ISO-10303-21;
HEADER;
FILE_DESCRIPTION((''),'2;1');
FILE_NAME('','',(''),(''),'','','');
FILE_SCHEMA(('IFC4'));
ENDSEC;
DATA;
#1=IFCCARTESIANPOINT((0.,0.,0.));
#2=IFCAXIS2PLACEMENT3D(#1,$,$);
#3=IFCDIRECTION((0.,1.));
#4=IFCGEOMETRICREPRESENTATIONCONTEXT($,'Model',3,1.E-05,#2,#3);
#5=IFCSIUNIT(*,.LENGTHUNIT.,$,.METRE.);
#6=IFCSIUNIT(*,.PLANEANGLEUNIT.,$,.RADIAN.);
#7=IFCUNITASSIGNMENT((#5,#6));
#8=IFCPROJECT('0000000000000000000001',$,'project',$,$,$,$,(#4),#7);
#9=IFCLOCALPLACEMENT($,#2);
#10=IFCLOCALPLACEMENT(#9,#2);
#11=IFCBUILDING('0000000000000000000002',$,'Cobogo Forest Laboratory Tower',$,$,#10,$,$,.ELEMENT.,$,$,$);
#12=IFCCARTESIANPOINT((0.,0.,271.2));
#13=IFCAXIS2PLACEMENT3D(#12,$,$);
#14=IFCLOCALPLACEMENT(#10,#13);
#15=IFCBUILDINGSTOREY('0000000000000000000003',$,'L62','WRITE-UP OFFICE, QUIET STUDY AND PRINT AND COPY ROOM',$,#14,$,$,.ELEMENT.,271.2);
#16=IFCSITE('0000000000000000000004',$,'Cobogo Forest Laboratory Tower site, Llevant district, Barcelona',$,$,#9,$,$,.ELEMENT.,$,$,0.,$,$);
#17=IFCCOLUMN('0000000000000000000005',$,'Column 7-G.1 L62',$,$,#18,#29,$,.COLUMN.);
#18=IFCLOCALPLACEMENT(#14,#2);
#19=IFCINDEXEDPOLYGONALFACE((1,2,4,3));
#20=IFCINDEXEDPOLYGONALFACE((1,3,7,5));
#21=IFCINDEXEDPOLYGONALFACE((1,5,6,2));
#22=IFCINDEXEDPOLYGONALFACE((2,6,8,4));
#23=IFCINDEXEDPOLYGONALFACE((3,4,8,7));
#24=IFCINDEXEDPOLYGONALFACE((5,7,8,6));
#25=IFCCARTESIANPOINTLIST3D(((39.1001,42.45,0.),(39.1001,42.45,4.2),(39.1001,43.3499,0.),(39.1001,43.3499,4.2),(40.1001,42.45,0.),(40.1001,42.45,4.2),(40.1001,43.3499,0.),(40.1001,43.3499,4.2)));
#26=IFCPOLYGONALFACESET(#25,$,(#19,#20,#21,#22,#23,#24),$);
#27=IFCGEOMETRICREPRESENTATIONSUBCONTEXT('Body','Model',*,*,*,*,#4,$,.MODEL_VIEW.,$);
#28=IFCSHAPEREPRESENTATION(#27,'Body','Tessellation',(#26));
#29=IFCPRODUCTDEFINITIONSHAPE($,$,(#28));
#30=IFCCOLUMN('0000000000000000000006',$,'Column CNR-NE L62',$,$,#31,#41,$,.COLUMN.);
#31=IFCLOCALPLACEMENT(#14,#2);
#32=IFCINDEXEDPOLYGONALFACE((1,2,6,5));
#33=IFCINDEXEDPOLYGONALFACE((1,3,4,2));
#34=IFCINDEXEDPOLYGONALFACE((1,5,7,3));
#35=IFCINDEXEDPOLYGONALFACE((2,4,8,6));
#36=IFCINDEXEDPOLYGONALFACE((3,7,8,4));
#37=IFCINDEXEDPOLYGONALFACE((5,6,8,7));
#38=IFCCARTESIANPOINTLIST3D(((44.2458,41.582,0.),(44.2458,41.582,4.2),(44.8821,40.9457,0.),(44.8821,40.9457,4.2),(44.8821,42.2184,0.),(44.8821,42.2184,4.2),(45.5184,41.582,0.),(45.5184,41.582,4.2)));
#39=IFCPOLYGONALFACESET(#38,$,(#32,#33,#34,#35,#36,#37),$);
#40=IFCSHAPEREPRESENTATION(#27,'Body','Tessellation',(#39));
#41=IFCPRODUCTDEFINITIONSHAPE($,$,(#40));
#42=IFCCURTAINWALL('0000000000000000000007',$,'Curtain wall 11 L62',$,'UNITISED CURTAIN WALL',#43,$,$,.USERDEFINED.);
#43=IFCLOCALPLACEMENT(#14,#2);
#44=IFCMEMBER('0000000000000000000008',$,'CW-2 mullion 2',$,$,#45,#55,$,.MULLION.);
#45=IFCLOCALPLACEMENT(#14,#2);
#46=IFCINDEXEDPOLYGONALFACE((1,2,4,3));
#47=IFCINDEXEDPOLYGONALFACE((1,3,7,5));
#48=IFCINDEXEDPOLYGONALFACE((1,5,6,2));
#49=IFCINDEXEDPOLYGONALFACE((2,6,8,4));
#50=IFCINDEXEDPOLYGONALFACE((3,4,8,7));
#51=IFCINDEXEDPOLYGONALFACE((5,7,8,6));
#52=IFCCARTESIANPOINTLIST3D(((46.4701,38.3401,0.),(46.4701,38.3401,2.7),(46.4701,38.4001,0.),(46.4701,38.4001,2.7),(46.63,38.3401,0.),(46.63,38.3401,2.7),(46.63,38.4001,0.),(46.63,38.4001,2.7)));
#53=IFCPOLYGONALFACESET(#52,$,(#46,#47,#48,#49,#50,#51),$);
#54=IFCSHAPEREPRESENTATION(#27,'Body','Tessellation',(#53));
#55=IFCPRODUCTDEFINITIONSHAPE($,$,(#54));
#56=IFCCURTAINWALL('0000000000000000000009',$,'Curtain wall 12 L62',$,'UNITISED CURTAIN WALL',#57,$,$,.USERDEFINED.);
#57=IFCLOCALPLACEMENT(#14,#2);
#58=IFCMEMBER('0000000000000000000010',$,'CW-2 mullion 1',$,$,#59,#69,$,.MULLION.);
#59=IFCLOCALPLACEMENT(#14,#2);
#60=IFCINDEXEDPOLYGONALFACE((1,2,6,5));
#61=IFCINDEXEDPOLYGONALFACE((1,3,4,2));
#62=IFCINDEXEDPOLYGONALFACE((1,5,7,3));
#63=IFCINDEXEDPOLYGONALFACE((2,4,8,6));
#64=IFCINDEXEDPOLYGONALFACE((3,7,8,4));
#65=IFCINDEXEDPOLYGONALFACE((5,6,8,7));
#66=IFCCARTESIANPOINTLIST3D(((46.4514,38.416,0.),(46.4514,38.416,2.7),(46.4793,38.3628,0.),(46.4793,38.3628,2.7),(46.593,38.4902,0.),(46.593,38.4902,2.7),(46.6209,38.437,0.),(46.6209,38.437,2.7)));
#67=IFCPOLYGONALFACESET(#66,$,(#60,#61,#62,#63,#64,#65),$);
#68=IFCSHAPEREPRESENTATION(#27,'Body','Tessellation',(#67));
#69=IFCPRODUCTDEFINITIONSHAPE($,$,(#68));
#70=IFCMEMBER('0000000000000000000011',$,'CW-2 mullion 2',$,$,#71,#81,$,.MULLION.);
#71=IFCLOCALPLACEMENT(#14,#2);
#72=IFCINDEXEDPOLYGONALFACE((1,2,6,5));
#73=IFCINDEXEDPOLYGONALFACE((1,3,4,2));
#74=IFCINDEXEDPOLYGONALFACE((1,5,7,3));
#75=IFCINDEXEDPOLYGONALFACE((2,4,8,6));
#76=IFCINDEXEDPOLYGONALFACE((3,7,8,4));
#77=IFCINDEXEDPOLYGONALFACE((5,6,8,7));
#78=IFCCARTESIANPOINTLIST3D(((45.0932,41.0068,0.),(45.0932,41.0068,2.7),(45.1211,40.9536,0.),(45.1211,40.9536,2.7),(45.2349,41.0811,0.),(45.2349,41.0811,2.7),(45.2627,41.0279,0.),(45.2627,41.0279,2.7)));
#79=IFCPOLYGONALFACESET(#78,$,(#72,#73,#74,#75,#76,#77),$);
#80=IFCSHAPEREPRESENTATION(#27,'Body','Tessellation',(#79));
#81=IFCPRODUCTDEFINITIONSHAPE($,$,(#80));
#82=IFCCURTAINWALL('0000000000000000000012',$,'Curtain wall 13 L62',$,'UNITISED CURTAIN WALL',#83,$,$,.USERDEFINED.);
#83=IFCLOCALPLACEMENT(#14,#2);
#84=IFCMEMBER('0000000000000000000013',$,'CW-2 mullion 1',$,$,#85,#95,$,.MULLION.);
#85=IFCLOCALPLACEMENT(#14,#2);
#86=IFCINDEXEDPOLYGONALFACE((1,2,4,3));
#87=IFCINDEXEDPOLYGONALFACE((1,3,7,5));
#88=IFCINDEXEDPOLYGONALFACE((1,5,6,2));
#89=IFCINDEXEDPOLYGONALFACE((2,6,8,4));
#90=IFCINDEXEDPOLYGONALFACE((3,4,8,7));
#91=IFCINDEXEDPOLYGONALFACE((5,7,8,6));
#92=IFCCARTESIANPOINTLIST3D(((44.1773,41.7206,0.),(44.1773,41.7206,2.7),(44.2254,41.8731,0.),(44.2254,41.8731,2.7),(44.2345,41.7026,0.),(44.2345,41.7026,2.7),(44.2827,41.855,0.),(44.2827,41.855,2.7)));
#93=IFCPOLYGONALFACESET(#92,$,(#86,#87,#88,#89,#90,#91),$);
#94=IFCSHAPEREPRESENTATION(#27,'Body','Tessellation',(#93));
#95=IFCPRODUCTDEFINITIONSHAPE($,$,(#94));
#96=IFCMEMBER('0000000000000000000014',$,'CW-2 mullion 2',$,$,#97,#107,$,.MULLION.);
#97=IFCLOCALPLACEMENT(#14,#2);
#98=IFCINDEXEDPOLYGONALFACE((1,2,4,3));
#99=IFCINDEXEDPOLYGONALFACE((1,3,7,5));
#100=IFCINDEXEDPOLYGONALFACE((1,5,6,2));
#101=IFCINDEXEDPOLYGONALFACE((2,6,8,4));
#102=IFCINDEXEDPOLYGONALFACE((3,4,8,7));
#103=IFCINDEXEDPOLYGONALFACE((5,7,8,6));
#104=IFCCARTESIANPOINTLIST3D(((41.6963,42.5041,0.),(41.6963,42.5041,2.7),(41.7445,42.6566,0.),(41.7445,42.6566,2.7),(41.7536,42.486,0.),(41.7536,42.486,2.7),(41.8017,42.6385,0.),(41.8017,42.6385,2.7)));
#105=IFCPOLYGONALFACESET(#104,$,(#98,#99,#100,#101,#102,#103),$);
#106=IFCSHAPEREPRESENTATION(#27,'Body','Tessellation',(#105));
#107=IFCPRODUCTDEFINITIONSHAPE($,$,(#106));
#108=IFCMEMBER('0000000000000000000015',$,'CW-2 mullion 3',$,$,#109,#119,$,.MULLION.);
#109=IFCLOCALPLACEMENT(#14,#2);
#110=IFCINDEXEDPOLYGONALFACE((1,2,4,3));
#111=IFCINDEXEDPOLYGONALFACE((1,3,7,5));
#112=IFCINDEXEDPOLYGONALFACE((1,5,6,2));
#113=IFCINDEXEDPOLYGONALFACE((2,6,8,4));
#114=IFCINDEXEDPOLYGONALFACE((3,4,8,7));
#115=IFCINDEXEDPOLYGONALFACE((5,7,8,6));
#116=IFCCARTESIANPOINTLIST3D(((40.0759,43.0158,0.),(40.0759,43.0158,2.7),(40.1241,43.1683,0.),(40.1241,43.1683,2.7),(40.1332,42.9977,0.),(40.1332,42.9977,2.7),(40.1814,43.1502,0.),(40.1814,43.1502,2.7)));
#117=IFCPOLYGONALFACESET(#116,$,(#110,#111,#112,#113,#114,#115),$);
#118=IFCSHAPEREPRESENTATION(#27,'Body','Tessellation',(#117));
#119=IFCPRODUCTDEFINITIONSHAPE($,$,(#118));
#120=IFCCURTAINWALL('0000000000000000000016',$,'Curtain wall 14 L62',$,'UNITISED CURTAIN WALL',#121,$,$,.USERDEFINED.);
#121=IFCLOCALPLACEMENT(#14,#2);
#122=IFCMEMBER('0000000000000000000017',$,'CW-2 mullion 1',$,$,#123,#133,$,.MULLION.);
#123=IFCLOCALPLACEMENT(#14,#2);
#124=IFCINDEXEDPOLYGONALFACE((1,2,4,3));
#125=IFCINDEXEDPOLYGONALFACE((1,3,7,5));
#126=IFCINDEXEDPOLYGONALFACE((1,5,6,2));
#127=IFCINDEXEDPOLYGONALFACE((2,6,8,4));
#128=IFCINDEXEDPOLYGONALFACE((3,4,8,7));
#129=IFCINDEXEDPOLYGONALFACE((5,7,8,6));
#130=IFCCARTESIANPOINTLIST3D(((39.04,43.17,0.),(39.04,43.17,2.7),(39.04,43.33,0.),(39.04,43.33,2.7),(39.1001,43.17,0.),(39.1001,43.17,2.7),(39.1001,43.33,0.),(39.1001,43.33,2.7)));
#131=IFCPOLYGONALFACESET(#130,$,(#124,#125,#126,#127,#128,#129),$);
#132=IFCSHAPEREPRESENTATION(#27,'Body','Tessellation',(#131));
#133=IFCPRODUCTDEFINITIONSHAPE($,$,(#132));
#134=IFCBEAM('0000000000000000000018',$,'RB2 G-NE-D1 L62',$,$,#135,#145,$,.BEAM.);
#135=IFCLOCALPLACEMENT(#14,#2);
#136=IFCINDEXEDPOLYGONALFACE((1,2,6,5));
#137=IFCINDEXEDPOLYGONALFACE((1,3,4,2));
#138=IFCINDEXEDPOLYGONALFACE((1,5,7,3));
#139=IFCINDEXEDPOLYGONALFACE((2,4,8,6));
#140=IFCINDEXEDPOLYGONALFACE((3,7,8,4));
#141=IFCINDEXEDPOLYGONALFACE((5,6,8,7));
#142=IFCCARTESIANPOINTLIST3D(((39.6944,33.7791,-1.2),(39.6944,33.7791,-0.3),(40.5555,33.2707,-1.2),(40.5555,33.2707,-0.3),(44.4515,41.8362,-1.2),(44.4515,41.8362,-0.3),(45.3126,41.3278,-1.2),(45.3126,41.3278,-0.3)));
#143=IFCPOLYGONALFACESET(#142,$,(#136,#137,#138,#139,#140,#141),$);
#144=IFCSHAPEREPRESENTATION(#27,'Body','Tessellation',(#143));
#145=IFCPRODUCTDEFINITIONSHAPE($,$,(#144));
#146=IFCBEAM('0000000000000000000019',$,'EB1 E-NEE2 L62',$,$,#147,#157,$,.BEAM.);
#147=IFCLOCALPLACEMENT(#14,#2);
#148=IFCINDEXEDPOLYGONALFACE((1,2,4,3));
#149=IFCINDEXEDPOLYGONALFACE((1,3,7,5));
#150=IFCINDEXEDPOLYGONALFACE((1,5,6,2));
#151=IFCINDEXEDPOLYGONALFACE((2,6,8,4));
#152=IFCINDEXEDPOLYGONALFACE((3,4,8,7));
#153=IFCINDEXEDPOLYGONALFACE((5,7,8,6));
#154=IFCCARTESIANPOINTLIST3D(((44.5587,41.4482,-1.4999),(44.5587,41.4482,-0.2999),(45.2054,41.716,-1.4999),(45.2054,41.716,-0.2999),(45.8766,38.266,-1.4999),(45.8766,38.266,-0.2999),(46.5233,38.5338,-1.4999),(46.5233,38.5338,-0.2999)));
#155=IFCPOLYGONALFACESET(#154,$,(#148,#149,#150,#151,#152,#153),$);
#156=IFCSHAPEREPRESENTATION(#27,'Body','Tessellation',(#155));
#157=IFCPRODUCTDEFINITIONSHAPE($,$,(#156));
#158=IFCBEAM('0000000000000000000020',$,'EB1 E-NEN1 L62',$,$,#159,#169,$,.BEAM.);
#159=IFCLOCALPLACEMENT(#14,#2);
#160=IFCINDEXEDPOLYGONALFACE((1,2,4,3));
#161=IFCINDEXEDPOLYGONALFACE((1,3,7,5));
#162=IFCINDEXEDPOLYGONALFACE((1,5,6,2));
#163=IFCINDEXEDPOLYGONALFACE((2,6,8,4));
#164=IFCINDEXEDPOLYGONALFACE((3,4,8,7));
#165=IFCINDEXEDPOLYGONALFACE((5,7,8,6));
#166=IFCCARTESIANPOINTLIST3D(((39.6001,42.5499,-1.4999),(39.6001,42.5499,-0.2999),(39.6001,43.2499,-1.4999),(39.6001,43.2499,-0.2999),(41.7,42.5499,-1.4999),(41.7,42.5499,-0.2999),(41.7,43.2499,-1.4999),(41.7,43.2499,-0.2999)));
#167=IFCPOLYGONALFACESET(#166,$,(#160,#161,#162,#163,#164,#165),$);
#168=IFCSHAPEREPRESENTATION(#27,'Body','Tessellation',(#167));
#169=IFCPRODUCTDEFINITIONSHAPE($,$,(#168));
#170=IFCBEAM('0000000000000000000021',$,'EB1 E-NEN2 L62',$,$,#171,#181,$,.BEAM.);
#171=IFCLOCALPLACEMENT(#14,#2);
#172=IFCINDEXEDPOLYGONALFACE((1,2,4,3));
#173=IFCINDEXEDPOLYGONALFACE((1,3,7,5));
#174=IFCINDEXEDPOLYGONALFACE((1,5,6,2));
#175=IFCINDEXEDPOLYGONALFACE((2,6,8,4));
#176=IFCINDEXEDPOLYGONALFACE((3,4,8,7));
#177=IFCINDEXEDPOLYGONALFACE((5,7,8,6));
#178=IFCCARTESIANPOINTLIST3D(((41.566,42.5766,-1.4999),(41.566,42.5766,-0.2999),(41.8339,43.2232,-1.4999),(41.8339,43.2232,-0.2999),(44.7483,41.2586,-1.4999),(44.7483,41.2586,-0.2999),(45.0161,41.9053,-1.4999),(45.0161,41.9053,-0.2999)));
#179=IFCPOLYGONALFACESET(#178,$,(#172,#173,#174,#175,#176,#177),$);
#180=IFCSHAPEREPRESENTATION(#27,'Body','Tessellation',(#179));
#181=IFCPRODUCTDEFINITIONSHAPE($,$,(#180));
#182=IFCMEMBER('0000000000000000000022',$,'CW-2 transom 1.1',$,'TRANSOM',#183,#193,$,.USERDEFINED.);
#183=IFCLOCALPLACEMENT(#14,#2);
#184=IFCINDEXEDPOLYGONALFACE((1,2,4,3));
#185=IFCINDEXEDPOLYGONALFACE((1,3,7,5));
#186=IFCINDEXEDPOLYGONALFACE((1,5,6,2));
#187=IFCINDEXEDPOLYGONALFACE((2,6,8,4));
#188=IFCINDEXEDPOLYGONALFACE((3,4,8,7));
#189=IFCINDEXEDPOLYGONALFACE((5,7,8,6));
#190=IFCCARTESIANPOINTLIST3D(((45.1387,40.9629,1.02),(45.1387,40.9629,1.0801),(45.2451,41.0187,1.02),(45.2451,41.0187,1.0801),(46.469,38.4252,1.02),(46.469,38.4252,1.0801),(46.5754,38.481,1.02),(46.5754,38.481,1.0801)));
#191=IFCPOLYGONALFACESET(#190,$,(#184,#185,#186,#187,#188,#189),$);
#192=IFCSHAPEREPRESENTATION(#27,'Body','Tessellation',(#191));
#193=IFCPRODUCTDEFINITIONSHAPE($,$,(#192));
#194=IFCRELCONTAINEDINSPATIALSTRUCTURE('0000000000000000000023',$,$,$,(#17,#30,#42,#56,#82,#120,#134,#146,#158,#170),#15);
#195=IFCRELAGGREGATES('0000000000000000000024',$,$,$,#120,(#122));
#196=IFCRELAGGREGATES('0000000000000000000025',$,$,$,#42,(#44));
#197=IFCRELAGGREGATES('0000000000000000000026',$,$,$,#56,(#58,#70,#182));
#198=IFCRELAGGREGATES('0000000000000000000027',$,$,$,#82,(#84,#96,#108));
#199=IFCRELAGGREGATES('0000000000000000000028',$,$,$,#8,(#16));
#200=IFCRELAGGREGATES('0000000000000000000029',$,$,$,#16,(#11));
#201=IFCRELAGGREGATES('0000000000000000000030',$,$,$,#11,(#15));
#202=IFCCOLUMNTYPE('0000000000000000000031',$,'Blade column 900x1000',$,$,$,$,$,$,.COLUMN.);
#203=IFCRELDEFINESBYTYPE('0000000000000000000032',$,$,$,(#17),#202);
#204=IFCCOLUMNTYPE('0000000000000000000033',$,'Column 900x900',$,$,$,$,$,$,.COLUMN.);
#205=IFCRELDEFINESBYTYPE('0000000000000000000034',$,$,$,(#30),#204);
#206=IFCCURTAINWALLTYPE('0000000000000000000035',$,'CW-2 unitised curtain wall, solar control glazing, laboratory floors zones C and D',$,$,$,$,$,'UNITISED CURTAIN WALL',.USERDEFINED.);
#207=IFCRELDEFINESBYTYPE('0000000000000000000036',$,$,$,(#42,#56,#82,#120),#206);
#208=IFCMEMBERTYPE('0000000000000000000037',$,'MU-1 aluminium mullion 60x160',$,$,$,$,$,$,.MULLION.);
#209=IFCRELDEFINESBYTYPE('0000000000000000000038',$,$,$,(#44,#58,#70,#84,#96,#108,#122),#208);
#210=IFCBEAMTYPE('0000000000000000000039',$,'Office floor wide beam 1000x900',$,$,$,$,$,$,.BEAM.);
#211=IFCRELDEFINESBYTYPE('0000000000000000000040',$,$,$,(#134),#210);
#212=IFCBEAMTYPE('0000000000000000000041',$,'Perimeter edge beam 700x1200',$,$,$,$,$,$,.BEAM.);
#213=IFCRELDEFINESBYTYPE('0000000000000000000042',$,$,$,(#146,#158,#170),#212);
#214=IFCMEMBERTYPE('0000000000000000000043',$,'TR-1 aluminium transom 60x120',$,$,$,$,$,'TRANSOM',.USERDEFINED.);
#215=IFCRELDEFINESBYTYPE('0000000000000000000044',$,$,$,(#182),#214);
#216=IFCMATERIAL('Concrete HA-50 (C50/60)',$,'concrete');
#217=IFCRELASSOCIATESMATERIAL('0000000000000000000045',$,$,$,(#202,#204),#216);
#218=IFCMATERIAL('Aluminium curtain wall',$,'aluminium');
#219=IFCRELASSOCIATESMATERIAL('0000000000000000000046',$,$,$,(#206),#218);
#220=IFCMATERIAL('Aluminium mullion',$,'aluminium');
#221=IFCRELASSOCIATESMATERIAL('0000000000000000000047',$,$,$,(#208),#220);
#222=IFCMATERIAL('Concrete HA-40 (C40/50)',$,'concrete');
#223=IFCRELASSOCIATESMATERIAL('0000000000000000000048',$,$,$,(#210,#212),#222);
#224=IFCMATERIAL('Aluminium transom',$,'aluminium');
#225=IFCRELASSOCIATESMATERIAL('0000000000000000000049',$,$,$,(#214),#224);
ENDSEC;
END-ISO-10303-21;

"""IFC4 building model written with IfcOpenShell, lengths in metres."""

from ifc_helpers import new_model, si_unit, direction, frame, origin, origin_2d, place, context, subcontext, project, spatial, rectangle, extrude, material, material_profile, profile_set, type_object, element, aggregate, save


model = new_model("IFC4")

# Units and contexts
model_context = context("Model", 3, precision=1e-05, world=origin(), true_north=direction((0.0, 1.0)))
body_context = subcontext(model_context, "Body", "Model", "MODEL_VIEW")
ifc_project = project(units=[si_unit("LENGTHUNIT", "METRE"), si_unit("PLANEANGLEUNIT", "RADIAN")], contexts=[model_context])

# Site, building, storey
site_placement = place(None, origin())
site = spatial("IfcSite", under=ifc_project, at=site_placement, Name="Cobogo Forest Laboratory Tower site, Llevant district, Barcelona", CompositionType="ELEMENT", RefElevation=0.0)
building_placement = place(site_placement, origin())
building = spatial("IfcBuilding", under=site, at=building_placement, Name="Cobogo Forest Laboratory Tower", CompositionType="ELEMENT")
storey_placement = place(building_placement, frame((0.0, 0.0, 271.2)))
storey = spatial("IfcBuildingStorey", under=building, at=storey_placement, Name="L62", Description="WRITE-UP OFFICE, QUIET STUDY AND PRINT AND COPY ROOM", CompositionType="ELEMENT", Elevation=271.2)

# Columns
ifc_material_1 = material(Name="Concrete HA-50 (C50/60)", Category="concrete")
ifc_material_profile_1 = material_profile(ifc_material_1, rectangle(XDim=1.0, YDim=0.8999, at=origin_2d()), Name="RC 900x1000")
ifc_profile_set_1 = profile_set([ifc_material_profile_1], Name="Concrete HA-50 (C50/60)")
column_type_1 = type_object("IfcColumnType", Name="Blade column 900x1000", PredefinedType="COLUMN", material=ifc_profile_set_1)
column_1_placement = place(storey_placement, frame((39.6001, 42.8999, 0.0), z_axis=(0.0, 0.0, 1.0), x_axis=(1.0, 0.0, 0.0)))
element("IfcColumn", 1, at=column_1_placement, inside=storey, type_object=column_type_1, Name="Column 7-G.1 L62", PredefinedType="COLUMN", context=body_context, shape_type="SweptSolid", body=[
    extrude(rectangle(XDim=1.0, YDim=0.8999, at=origin_2d()), origin(), (0.0, 0.0, 1.0), 4.2),
])
ifc_material_profile_2 = material_profile(ifc_material_1, rectangle(XDim=0.8999, YDim=0.8999, at=origin_2d()), Name="RC 900x900")
ifc_profile_set_2 = profile_set([ifc_material_profile_2], Name="Concrete HA-50 (C50/60)")
column_type_2 = type_object("IfcColumnType", Name="Column 900x900", PredefinedType="COLUMN", material=ifc_profile_set_2)
column_2_placement = place(storey_placement, frame((44.8821, 41.582, 0.0), z_axis=(0.0, 0.0, 1.0), x_axis=(0.707107, 0.707107, 0.0)))
element("IfcColumn", 2, at=column_2_placement, inside=storey, type_object=column_type_2, Name="Column CNR-NE L62", PredefinedType="COLUMN", context=body_context, shape_type="SweptSolid", body=[
    extrude(rectangle(XDim=0.8999, YDim=0.8999, at=origin_2d()), origin(), (0.0, 0.0, 1.0), 4.2),
])

# Curtain wall, member
ifc_material_2 = material(Name="Aluminium curtain wall", Category="aluminium")
curtain_wall_type = type_object("IfcCurtainWallType", Name="CW-2 unitised curtain wall, solar control glazing, laboratory floors zones C and D", ElementType="UNITISED CURTAIN WALL", PredefinedType="USERDEFINED", material=ifc_material_2)
curtain_wall_1_placement = place(storey_placement, origin())
curtain_wall_1 = element("IfcCurtainWall", 3, at=curtain_wall_1_placement, inside=storey, type_object=curtain_wall_type, Name="Curtain wall 11 L62", ObjectType="UNITISED CURTAIN WALL", PredefinedType="USERDEFINED")
ifc_material_3 = material(Name="Aluminium mullion", Category="aluminium")
ifc_material_profile_3 = material_profile(ifc_material_3, rectangle(XDim=0.0601, YDim=0.1599, at=origin_2d()), Name="AL 60x160")
ifc_profile_set_3 = profile_set([ifc_material_profile_3], Name="Aluminium mullion")
member_type_1 = type_object("IfcMemberType", Name="MU-1 aluminium mullion 60x160", PredefinedType="MULLION", material=ifc_profile_set_3)
member_1_placement = place(storey_placement, frame((46.55, 38.3701, 0.0), z_axis=(0.0, 0.0, 1.0), x_axis=(0.0, 1.0, 0.0)))
member_1 = element("IfcMember", 4, at=member_1_placement, type_object=member_type_1, Name="CW-2 mullion 2", PredefinedType="MULLION", context=body_context, shape_type="SweptSolid", body=[
    extrude(rectangle(XDim=0.0601, YDim=0.1599, at=origin_2d()), origin(), (0.0, 0.0, 1.0), 2.7),
])

# Curtain walls, members
curtain_wall_2_placement = place(storey_placement, origin())
curtain_wall_2 = element("IfcCurtainWall", 5, at=curtain_wall_2_placement, inside=storey, type_object=curtain_wall_type, Name="Curtain wall 12 L62", ObjectType="UNITISED CURTAIN WALL", PredefinedType="USERDEFINED")
member_2_placement = place(storey_placement, frame((46.5361, 38.4265, 0.0), z_axis=(0.0, 0.0, 1.0), x_axis=(-0.464284, 0.885686, 0.0)))
member_2 = element("IfcMember", 6, at=member_2_placement, type_object=member_type_1, Name="CW-2 mullion 1", PredefinedType="MULLION", context=body_context, shape_type="SweptSolid", body=[
    extrude(rectangle(XDim=0.0601, YDim=0.1599, at=origin_2d()), origin(), (0.0, 0.0, 1.0), 2.7),
])
member_3_placement = place(storey_placement, frame((45.178, 41.0173, 0.0), z_axis=(0.0, 0.0, 1.0), x_axis=(-0.464284, 0.885686, 0.0)))
member_3 = element("IfcMember", 7, at=member_3_placement, type_object=member_type_1, Name="CW-2 mullion 2", PredefinedType="MULLION", context=body_context, shape_type="SweptSolid", body=[
    extrude(rectangle(XDim=0.0601, YDim=0.1599, at=origin_2d()), origin(), (0.0, 0.0, 1.0), 2.7),
])
curtain_wall_3_placement = place(storey_placement, origin())
curtain_wall_3 = element("IfcCurtainWall", 8, at=curtain_wall_3_placement, inside=storey, type_object=curtain_wall_type, Name="Curtain wall 13 L62", ObjectType="UNITISED CURTAIN WALL", PredefinedType="USERDEFINED")
member_4_placement = place(storey_placement, frame((44.23, 41.7878, 0.0), z_axis=(0.0, 0.0, 1.0), x_axis=(-0.953581, 0.301135, 0.0)))
member_4 = element("IfcMember", 9, at=member_4_placement, type_object=member_type_1, Name="CW-2 mullion 1", PredefinedType="MULLION", context=body_context, shape_type="SweptSolid", body=[
    extrude(rectangle(XDim=0.0601, YDim=0.1599, at=origin_2d()), origin(), (0.0, 0.0, 1.0), 2.7),
])
member_5_placement = place(storey_placement, frame((41.749, 42.5713, 0.0), z_axis=(0.0, 0.0, 1.0), x_axis=(-0.953581, 0.301135, 0.0)))
member_5 = element("IfcMember", 10, at=member_5_placement, type_object=member_type_1, Name="CW-2 mullion 2", PredefinedType="MULLION", context=body_context, shape_type="SweptSolid", body=[
    extrude(rectangle(XDim=0.0601, YDim=0.1599, at=origin_2d()), origin(), (0.0, 0.0, 1.0), 2.7),
])
member_6_placement = place(storey_placement, frame((40.1287, 43.083, 0.0), z_axis=(0.0, 0.0, 1.0), x_axis=(-0.953581, 0.301135, 0.0)))
member_6 = element("IfcMember", 11, at=member_6_placement, type_object=member_type_1, Name="CW-2 mullion 3", PredefinedType="MULLION", context=body_context, shape_type="SweptSolid", body=[
    extrude(rectangle(XDim=0.0601, YDim=0.1599, at=origin_2d()), origin(), (0.0, 0.0, 1.0), 2.7),
])

# Curtain wall, member
curtain_wall_4_placement = place(storey_placement, origin())
curtain_wall_4 = element("IfcCurtainWall", 12, at=curtain_wall_4_placement, inside=storey, type_object=curtain_wall_type, Name="Curtain wall 14 L62", ObjectType="UNITISED CURTAIN WALL", PredefinedType="USERDEFINED")
member_7_placement = place(storey_placement, frame((39.0701, 43.25, 0.0), z_axis=(0.0, 0.0, 1.0), x_axis=(-1.0, 0.0, 0.0)))
member_7 = element("IfcMember", 13, at=member_7_placement, type_object=member_type_1, Name="CW-2 mullion 1", PredefinedType="MULLION", context=body_context, shape_type="SweptSolid", body=[
    extrude(rectangle(XDim=0.0601, YDim=0.1599, at=origin_2d()), origin(), (0.0, 0.0, 1.0), 2.7),
])
aggregate(curtain_wall_4, [member_7])

# Beams
ifc_material_4 = material(Name="Concrete HA-40 (C40/50)", Category="concrete")
ifc_material_profile_4 = material_profile(ifc_material_4, rectangle(XDim=1.0, YDim=0.8999, at=origin_2d()), Name="RC 1000x900")
ifc_profile_set_4 = profile_set([ifc_material_profile_4], Name="Concrete HA-40 (C40/50)")
beam_type_1 = type_object("IfcBeamType", Name="Office floor wide beam 1000x900", PredefinedType="BEAM", material=ifc_profile_set_4)
beam_1_placement = place(storey_placement, frame((44.8821, 41.582, -0.75), z_axis=(-0.508416, -0.861111, 0.0), x_axis=(0.861111, -0.508416, 0.0)))
element("IfcBeam", 14, at=beam_1_placement, inside=storey, type_object=beam_type_1, Name="RB2 G-NE-D1 L62", PredefinedType="BEAM", context=body_context, shape_type="SweptSolid", body=[
    extrude(rectangle(XDim=1.0, YDim=0.8999, at=origin_2d()), origin(), (0.0, 0.0, 1.0), 9.3567),
])
ifc_material_profile_5 = material_profile(ifc_material_4, rectangle(XDim=0.7, YDim=1.2, at=origin_2d()), Name="RC 700x1200")
ifc_profile_set_5 = profile_set([ifc_material_profile_5], Name="Concrete HA-40 (C40/50)")
beam_type_2 = type_object("IfcBeamType", Name="Perimeter edge beam 700x1200", PredefinedType="BEAM", material=ifc_profile_set_5)
beam_2_placement = place(storey_placement, frame((46.2, 38.3999, -0.8999), z_axis=(-0.382631, 0.923901, 0.0), x_axis=(-0.923901, -0.382631, 0.0)))
element("IfcBeam", 15, at=beam_2_placement, inside=storey, type_object=beam_type_2, Name="EB1 E-NEE2 L62", PredefinedType="BEAM", context=body_context, shape_type="SweptSolid", body=[
    extrude(rectangle(XDim=0.7, YDim=1.2, at=origin_2d()), origin(), (0.0, 0.0, 1.0), 3.4443),
])
beam_3_placement = place(storey_placement, frame((39.6001, 42.8999, -0.8999), z_axis=(1.0, 0.0, 0.0), x_axis=(0.0, 1.0, 0.0)))
element("IfcBeam", 16, at=beam_3_placement, inside=storey, type_object=beam_type_2, Name="EB1 E-NEN1 L62", PredefinedType="BEAM", context=body_context, shape_type="SweptSolid", body=[
    extrude(rectangle(XDim=0.7, YDim=1.2, at=origin_2d()), origin(), (0.0, 0.0, 1.0), 2.0999),
])
beam_4_placement = place(storey_placement, frame((41.7, 42.8999, -0.8999), z_axis=(0.923901, -0.382631, 0.0), x_axis=(0.382631, 0.923901, 0.0)))
element("IfcBeam", 17, at=beam_4_placement, inside=storey, type_object=beam_type_2, Name="EB1 E-NEN2 L62", PredefinedType="BEAM", context=body_context, shape_type="SweptSolid", body=[
    extrude(rectangle(XDim=0.7, YDim=1.2, at=origin_2d()), origin(), (0.0, 0.0, 1.0), 3.4443),
])

# Member
ifc_material_5 = material(Name="Aluminium transom", Category="aluminium")
ifc_material_profile_6 = material_profile(ifc_material_5, rectangle(XDim=0.1201, YDim=0.0601, at=origin_2d()), Name="AL 60x120")
ifc_profile_set_6 = profile_set([ifc_material_profile_6], Name="Aluminium transom")
member_type_2 = type_object("IfcMemberType", Name="TR-1 aluminium transom 60x120", ElementType="TRANSOM", PredefinedType="USERDEFINED", material=ifc_profile_set_6)
member_8_placement = place(storey_placement, frame((46.5222, 38.4531, 1.05), z_axis=(-0.464309, 0.885673, 0.0), x_axis=(-0.885673, -0.464309, 0.0)))
member_8 = element("IfcMember", 18, at=member_8_placement, type_object=member_type_2, Name="CW-2 transom 1.1", ObjectType="TRANSOM", PredefinedType="USERDEFINED", context=body_context, shape_type="SweptSolid", body=[
    extrude(rectangle(XDim=0.1201, YDim=0.0601, at=origin_2d()), origin(), (0.0, 0.0, 1.0), 2.8652),
])

aggregate(curtain_wall_1, [member_1])
aggregate(curtain_wall_2, [member_2, member_3, member_8])
aggregate(curtain_wall_3, [member_4, member_5, member_6])

save(model, "model.ifc")
